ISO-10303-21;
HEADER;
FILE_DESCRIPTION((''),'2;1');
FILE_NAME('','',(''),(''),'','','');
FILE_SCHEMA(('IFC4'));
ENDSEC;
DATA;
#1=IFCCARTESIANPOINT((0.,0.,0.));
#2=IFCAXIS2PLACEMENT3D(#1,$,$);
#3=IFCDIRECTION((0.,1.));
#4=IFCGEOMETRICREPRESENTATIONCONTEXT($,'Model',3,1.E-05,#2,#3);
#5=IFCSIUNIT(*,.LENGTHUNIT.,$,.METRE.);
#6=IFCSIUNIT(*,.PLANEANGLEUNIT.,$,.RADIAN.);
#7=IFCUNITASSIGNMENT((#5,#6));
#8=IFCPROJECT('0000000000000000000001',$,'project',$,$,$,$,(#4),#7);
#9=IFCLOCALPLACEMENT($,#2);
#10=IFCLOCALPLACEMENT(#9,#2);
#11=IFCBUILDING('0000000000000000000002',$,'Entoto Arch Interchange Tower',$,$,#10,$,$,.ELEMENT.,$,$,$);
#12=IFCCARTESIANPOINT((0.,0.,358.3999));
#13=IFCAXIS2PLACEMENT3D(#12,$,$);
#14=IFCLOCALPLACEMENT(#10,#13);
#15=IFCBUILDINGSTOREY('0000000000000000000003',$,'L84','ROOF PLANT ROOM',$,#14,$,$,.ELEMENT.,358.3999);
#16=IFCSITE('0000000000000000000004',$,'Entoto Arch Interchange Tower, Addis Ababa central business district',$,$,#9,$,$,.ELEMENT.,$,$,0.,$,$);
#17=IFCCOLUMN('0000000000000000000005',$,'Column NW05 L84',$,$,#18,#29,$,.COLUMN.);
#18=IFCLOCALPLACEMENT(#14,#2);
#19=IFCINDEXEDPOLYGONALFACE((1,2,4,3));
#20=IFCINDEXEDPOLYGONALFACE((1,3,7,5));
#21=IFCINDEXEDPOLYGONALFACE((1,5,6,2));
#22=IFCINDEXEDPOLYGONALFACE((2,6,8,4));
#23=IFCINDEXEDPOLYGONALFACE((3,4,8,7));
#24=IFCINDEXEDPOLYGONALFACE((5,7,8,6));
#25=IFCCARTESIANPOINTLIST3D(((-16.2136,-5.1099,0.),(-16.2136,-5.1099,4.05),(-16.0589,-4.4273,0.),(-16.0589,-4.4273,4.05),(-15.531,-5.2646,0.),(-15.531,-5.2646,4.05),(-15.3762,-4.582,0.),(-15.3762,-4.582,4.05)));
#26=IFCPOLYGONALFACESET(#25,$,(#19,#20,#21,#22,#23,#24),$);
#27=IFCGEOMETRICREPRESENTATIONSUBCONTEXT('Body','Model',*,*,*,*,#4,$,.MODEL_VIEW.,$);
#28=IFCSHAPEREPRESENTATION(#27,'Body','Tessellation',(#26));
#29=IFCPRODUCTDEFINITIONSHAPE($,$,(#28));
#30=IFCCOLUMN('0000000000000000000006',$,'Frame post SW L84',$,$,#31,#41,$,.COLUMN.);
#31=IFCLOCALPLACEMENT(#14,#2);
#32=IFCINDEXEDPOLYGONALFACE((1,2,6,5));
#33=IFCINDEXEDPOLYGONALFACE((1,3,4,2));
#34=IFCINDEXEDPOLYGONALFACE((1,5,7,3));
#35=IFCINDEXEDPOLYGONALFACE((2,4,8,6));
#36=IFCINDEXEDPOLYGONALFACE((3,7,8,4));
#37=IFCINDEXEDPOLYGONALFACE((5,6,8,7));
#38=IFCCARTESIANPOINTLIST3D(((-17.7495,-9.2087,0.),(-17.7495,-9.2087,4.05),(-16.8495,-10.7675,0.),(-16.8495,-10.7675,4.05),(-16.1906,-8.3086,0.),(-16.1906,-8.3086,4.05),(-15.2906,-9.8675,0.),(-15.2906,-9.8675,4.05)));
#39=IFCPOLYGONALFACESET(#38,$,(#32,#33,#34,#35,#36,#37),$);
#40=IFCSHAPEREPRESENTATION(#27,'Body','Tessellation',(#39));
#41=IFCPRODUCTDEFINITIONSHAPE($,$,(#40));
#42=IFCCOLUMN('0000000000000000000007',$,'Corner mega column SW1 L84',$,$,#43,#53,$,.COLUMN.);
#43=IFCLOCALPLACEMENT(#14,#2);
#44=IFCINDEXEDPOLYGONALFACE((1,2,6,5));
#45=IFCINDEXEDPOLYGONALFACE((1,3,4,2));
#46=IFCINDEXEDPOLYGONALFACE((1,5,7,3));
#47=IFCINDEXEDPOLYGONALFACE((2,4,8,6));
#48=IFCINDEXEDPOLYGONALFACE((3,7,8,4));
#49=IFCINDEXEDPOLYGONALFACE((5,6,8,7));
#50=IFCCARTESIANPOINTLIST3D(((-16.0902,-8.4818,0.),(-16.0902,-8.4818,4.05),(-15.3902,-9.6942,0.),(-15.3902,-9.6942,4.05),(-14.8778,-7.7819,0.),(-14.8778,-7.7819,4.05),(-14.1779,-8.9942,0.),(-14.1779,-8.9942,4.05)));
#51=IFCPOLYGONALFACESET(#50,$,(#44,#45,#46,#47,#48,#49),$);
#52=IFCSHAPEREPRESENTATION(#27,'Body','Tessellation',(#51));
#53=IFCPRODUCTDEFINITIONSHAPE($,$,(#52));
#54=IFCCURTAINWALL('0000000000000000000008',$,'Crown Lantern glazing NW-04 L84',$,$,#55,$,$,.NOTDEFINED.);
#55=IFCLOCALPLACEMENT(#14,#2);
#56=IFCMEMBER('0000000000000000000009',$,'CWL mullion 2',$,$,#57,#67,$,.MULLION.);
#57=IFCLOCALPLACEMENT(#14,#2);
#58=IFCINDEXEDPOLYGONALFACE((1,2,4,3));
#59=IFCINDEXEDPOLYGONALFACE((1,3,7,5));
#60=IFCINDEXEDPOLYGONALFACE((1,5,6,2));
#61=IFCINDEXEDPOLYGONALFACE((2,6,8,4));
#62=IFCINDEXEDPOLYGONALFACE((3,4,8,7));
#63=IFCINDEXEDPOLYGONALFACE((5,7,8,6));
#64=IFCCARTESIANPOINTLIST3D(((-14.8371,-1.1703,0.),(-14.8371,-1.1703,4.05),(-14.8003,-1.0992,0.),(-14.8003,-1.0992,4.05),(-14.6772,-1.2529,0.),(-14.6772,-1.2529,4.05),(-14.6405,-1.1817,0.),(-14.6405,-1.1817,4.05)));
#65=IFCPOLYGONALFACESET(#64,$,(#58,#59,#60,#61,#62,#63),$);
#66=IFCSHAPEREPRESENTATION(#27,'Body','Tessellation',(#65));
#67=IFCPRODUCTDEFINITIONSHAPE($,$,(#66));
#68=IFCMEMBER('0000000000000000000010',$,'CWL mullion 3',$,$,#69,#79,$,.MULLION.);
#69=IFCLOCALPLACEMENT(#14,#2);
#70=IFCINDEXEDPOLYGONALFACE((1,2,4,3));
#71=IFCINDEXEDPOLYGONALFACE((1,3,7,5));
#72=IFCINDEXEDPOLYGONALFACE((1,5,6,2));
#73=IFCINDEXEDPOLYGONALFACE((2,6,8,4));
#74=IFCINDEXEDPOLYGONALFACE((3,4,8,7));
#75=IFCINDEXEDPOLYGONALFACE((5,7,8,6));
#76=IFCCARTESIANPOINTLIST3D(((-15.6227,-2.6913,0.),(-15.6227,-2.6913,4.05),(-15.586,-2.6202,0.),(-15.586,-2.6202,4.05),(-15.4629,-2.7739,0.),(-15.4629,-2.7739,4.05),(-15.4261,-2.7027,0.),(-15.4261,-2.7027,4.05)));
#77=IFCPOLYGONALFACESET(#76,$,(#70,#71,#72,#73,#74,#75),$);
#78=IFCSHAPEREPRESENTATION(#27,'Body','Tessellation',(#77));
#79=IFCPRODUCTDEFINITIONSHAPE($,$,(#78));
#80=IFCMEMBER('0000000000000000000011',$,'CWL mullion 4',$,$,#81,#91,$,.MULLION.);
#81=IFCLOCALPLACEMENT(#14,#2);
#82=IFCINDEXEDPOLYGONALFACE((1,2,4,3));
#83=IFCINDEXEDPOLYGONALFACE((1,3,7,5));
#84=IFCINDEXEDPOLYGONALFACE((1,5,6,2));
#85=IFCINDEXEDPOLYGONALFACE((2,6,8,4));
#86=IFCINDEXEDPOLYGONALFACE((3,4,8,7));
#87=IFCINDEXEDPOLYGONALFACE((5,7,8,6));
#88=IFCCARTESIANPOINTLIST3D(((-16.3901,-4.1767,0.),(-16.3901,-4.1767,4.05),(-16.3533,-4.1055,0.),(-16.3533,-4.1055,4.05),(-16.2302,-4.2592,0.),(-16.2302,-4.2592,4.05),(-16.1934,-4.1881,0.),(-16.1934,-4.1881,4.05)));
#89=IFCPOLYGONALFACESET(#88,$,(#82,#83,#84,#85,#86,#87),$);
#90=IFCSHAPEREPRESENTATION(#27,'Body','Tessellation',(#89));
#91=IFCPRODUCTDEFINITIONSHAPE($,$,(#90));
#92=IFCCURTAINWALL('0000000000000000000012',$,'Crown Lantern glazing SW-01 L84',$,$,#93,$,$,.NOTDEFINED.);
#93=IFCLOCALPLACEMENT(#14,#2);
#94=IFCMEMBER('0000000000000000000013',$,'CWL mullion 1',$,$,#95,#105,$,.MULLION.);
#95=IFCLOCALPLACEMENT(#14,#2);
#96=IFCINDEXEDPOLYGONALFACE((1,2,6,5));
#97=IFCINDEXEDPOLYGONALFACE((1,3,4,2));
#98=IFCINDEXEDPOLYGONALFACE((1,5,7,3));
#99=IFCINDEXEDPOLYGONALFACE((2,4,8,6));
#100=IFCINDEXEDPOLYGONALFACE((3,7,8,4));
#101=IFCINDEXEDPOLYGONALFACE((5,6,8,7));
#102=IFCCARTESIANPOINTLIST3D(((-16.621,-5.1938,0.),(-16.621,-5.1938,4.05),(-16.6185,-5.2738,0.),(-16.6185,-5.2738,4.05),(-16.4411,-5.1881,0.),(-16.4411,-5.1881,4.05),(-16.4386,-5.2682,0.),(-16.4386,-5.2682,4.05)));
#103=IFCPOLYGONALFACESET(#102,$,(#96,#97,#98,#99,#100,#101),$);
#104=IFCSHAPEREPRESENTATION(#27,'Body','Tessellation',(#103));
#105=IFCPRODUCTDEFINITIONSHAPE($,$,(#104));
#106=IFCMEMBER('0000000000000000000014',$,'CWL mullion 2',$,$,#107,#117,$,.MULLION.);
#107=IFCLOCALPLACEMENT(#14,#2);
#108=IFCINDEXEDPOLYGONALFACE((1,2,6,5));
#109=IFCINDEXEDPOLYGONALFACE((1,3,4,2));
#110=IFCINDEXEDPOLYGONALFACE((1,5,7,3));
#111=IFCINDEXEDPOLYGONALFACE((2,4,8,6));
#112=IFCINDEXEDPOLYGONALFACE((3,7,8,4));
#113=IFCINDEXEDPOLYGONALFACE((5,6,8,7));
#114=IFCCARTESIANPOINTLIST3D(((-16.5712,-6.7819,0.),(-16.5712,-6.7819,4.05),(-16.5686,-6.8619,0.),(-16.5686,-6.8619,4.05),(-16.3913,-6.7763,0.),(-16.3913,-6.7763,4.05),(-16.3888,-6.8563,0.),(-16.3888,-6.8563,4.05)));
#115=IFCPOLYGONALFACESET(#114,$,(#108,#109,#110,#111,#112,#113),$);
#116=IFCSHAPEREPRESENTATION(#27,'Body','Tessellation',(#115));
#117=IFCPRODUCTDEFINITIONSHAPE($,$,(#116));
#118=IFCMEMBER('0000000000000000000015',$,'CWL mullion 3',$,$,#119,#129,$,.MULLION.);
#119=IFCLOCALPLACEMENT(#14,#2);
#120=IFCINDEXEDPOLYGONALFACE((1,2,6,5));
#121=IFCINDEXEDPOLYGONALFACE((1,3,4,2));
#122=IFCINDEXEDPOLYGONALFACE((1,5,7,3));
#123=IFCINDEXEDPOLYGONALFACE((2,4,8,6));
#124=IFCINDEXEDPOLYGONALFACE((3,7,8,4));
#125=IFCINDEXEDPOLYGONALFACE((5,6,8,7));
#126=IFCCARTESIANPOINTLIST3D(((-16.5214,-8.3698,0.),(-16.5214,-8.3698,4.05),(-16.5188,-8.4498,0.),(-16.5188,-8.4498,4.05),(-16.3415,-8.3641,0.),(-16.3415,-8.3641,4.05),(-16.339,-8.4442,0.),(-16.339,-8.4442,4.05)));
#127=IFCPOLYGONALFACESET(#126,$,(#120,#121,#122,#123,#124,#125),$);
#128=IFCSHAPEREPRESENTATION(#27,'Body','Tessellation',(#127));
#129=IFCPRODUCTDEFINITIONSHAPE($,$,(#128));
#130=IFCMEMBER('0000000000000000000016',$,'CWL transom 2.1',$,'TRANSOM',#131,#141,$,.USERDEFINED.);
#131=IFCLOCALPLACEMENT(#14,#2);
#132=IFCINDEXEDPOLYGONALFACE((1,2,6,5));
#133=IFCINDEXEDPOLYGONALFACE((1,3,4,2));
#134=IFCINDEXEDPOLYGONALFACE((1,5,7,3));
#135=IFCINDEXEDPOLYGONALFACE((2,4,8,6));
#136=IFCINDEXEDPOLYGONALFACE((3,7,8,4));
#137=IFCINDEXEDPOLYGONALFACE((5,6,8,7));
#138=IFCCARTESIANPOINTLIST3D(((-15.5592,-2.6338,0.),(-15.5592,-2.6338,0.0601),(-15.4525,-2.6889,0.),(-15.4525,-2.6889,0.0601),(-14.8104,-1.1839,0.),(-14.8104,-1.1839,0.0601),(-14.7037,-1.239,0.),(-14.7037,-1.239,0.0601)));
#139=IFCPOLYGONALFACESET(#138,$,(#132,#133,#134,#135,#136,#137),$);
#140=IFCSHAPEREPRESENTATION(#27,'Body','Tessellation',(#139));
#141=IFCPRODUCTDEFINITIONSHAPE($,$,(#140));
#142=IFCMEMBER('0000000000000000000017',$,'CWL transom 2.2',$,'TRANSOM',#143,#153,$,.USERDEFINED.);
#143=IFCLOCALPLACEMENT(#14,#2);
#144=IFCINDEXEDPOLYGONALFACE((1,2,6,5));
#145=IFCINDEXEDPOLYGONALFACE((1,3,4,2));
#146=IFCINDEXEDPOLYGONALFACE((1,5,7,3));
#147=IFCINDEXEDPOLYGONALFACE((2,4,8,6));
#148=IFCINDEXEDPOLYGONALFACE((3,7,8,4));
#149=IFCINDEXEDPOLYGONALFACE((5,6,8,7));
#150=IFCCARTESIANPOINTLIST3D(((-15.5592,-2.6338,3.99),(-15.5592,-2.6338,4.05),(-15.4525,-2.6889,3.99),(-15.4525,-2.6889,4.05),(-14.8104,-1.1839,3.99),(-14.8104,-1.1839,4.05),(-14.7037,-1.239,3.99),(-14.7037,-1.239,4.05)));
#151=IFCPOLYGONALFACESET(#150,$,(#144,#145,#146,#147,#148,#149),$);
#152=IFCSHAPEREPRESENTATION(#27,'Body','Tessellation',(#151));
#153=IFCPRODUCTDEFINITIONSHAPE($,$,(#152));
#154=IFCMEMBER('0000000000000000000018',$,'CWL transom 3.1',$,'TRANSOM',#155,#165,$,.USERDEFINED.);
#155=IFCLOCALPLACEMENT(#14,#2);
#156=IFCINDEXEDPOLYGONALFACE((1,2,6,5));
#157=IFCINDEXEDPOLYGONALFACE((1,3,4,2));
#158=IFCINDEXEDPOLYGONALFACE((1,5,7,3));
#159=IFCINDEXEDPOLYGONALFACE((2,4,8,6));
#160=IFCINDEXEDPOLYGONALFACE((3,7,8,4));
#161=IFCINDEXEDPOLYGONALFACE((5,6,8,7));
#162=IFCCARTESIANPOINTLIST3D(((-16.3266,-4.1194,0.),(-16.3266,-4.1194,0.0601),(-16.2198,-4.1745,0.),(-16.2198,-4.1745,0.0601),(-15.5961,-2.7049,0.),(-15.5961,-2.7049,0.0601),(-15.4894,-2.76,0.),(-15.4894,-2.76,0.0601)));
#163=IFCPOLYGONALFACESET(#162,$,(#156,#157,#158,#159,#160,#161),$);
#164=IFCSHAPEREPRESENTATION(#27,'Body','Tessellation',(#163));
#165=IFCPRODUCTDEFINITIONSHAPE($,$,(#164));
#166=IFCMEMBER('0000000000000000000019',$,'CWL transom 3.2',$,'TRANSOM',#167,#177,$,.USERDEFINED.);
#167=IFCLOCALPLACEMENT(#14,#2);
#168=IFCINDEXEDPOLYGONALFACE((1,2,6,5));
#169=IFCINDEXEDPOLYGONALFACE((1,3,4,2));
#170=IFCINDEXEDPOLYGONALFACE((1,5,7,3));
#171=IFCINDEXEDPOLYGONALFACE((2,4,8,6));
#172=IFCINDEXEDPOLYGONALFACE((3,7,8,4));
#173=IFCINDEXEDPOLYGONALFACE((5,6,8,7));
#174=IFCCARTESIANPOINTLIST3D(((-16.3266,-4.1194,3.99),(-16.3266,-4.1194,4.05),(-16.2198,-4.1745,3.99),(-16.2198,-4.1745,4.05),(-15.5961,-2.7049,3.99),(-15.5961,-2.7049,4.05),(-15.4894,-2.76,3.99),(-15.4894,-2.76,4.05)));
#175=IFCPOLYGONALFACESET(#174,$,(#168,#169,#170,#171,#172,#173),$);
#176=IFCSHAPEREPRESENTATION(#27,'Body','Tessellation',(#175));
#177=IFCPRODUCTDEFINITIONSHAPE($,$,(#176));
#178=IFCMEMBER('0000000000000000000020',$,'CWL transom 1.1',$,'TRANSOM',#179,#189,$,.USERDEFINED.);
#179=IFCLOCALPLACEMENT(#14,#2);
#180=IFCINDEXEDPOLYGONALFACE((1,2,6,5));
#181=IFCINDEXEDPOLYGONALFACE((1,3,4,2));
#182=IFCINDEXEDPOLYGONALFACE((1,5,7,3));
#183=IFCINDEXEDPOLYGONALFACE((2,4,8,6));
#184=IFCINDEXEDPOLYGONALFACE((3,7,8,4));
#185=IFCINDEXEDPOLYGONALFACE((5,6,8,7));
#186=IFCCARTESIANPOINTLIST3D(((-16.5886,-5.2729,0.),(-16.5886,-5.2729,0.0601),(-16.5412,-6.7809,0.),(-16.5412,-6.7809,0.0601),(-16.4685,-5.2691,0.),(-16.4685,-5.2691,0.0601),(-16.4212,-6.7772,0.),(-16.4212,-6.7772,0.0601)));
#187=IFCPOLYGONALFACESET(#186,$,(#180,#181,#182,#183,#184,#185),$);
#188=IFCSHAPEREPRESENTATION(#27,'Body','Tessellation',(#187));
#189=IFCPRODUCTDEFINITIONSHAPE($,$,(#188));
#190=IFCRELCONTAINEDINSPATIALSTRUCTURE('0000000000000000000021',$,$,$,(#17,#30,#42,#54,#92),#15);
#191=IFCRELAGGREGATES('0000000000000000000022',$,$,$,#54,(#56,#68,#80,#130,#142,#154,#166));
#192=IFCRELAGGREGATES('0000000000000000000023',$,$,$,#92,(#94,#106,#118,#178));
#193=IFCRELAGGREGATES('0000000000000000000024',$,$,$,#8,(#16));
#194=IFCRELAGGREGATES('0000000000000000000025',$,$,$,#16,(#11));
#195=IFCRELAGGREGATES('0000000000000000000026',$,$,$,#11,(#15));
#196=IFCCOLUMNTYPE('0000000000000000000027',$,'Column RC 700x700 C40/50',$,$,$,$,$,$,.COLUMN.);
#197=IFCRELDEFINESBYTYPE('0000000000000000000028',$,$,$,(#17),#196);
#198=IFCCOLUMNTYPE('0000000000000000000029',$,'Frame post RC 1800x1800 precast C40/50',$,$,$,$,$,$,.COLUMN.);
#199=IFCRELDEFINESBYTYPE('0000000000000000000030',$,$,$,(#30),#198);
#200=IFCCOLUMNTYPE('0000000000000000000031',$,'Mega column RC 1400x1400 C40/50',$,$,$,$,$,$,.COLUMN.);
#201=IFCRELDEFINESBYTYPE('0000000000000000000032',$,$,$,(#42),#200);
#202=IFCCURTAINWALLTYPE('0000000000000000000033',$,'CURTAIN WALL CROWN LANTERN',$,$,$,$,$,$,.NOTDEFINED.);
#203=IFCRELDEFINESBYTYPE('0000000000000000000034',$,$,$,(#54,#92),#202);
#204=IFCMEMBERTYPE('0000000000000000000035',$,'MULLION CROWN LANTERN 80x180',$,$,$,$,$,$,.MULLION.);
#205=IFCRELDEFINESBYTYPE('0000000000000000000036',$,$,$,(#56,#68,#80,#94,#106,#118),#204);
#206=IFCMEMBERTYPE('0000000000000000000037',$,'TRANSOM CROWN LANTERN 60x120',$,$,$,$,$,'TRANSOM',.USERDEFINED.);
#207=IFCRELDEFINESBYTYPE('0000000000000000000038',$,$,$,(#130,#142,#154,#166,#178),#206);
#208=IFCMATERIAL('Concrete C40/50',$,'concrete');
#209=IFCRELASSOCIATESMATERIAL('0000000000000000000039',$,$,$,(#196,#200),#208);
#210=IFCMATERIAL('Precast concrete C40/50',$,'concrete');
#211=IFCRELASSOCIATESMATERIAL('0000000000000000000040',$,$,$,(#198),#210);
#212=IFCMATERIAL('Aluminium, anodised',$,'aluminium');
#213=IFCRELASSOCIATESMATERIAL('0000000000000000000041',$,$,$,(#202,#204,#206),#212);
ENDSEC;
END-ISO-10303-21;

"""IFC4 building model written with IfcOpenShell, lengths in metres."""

from ifc_helpers import new_model, si_unit, direction, frame, origin, origin_2d, place, context, subcontext, project, spatial, rectangle, extrude, material, material_profile, profile_set, type_object, element, aggregate, save


model = new_model("IFC4")

# Units and contexts
model_context = context("Model", 3, precision=1e-05, world=origin(), true_north=direction((0.0, 1.0)))
body_context = subcontext(model_context, "Body", "Model", "MODEL_VIEW")
ifc_project = project(units=[si_unit("LENGTHUNIT", "METRE"), si_unit("PLANEANGLEUNIT", "RADIAN")], contexts=[model_context])

# Site, building, storey
site_placement = place(None, origin())
site = spatial("IfcSite", under=ifc_project, at=site_placement, Name="Entoto Arch Interchange Tower, Addis Ababa central business district", CompositionType="ELEMENT", RefElevation=0.0)
building_placement = place(site_placement, origin())
building = spatial("IfcBuilding", under=site, at=building_placement, Name="Entoto Arch Interchange Tower", CompositionType="ELEMENT")
storey_placement = place(building_placement, frame((0.0, 0.0, 358.3999)))
storey = spatial("IfcBuildingStorey", under=building, at=storey_placement, Name="L84", Description="ROOF PLANT ROOM", CompositionType="ELEMENT", Elevation=358.3999)

# Columns
ifc_material_1 = material(Name="Concrete C40/50", Category="concrete")
ifc_material_profile_1 = material_profile(ifc_material_1, rectangle(XDim=0.7, YDim=0.7, at=origin_2d()))
ifc_profile_set_1 = profile_set([ifc_material_profile_1], Name="Concrete C40/50")
column_type_1 = type_object("IfcColumnType", Name="Column RC 700x700 C40/50", PredefinedType="COLUMN", material=ifc_profile_set_1)
column_1_placement = place(storey_placement, frame((-15.7949, -4.8459, 0.0), z_axis=(0.0, 0.0, 1.0), x_axis=(0.221089, 0.975254, 0.0)))
element("IfcColumn", 1, at=column_1_placement, inside=storey, type_object=column_type_1, Name="Column NW05 L84", PredefinedType="COLUMN", context=body_context, shape_type="SweptSolid", body=[
    extrude(rectangle(XDim=0.7, YDim=0.7, at=origin_2d()), origin(), (0.0, 0.0, 1.0), 4.05),
])
ifc_material_2 = material(Name="Precast concrete C40/50", Category="concrete")
ifc_material_profile_2 = material_profile(ifc_material_2, rectangle(XDim=1.8, YDim=1.8, at=origin_2d()))
ifc_profile_set_2 = profile_set([ifc_material_profile_2], Name="Precast concrete C40/50")
column_type_2 = type_object("IfcColumnType", Name="Frame post RC 1800x1800 precast C40/50", PredefinedType="COLUMN", material=ifc_profile_set_2)
column_2_placement = place(storey_placement, frame((-16.52, -9.5381, 0.0), z_axis=(0.0, 0.0, 1.0), x_axis=(0.866025, 0.5, 0.0)))
element("IfcColumn", 2, at=column_2_placement, inside=storey, type_object=column_type_2, Name="Frame post SW L84", PredefinedType="COLUMN", context=body_context, shape_type="SweptSolid", body=[
    extrude(rectangle(XDim=1.8, YDim=1.8, at=origin_2d()), origin(), (0.0, 0.0, 1.0), 4.05),
])
ifc_material_profile_3 = material_profile(ifc_material_1, rectangle(XDim=1.3999, YDim=1.3999, at=origin_2d()))
ifc_profile_set_3 = profile_set([ifc_material_profile_3], Name="Concrete C40/50")
column_type_3 = type_object("IfcColumnType", Name="Mega column RC 1400x1400 C40/50", PredefinedType="COLUMN", material=ifc_profile_set_3)
column_3_placement = place(storey_placement, frame((-15.134, -8.738, 0.0), z_axis=(0.0, 0.0, 1.0), x_axis=(0.866025, 0.5, 0.0)))
element("IfcColumn", 3, at=column_3_placement, inside=storey, type_object=column_type_3, Name="Corner mega column SW1 L84", PredefinedType="COLUMN", context=body_context, shape_type="SweptSolid", body=[
    extrude(rectangle(XDim=1.3999, YDim=1.3999, at=origin_2d()), origin(), (0.0, 0.0, 1.0), 4.05),
])

# Curtain walls, members
ifc_material_3 = material(Name="Aluminium, anodised", Category="aluminium")
curtain_wall_type = type_object("IfcCurtainWallType", Name="CURTAIN WALL CROWN LANTERN", PredefinedType="NOTDEFINED", material=ifc_material_3)
curtain_wall_1_placement = place(storey_placement, origin())
curtain_wall_1 = element("IfcCurtainWall", 4, at=curtain_wall_1_placement, inside=storey, type_object=curtain_wall_type, Name="Crown Lantern glazing NW-04 L84", PredefinedType="NOTDEFINED")
ifc_material_profile_4 = material_profile(ifc_material_3, rectangle(XDim=0.1799, YDim=0.0801, at=origin_2d()))
ifc_profile_set_4 = profile_set([ifc_material_profile_4], Name="Aluminium, anodised")
member_type_1 = type_object("IfcMemberType", Name="MULLION CROWN LANTERN 80x180", PredefinedType="MULLION", material=ifc_profile_set_4)
member_1_placement = place(storey_placement, frame((-14.7388, -1.176, 0.0), z_axis=(0.0, 0.0, 1.0), x_axis=(0.88847, -0.458936, 0.0)))
member_1 = element("IfcMember", 5, at=member_1_placement, type_object=member_type_1, Name="CWL mullion 2", PredefinedType="MULLION", context=body_context, shape_type="SweptSolid", body=[
    extrude(rectangle(XDim=0.1799, YDim=0.0801, at=origin_2d()), origin(), (0.0, 0.0, 1.0), 4.05),
])
member_2_placement = place(storey_placement, frame((-15.5244, -2.697, 0.0), z_axis=(0.0, 0.0, 1.0), x_axis=(0.88847, -0.458936, 0.0)))
member_2 = element("IfcMember", 6, at=member_2_placement, type_object=member_type_1, Name="CWL mullion 3", PredefinedType="MULLION", context=body_context, shape_type="SweptSolid", body=[
    extrude(rectangle(XDim=0.1799, YDim=0.0801, at=origin_2d()), origin(), (0.0, 0.0, 1.0), 4.05),
])
member_3_placement = place(storey_placement, frame((-16.2917, -4.1824, 0.0), z_axis=(0.0, 0.0, 1.0), x_axis=(0.88847, -0.458936, 0.0)))
member_3 = element("IfcMember", 7, at=member_3_placement, type_object=member_type_1, Name="CWL mullion 4", PredefinedType="MULLION", context=body_context, shape_type="SweptSolid", body=[
    extrude(rectangle(XDim=0.1799, YDim=0.0801, at=origin_2d()), origin(), (0.0, 0.0, 1.0), 4.05),
])
curtain_wall_2_placement = place(storey_placement, origin())
curtain_wall_2 = element("IfcCurtainWall", 8, at=curtain_wall_2_placement, inside=storey, type_object=curtain_wall_type, Name="Crown Lantern glazing SW-01 L84", PredefinedType="NOTDEFINED")
member_4_placement = place(storey_placement, frame((-16.5298, -5.231, 0.0), z_axis=(0.0, 0.0, 1.0), x_axis=(0.99951, 0.031311, 0.0)))
member_4 = element("IfcMember", 9, at=member_4_placement, type_object=member_type_1, Name="CWL mullion 1", PredefinedType="MULLION", context=body_context, shape_type="SweptSolid", body=[
    extrude(rectangle(XDim=0.1799, YDim=0.0801, at=origin_2d()), origin(), (0.0, 0.0, 1.0), 4.05),
])
member_5_placement = place(storey_placement, frame((-16.48, -6.8191, 0.0), z_axis=(0.0, 0.0, 1.0), x_axis=(0.99951, 0.031311, 0.0)))
member_5 = element("IfcMember", 10, at=member_5_placement, type_object=member_type_1, Name="CWL mullion 2", PredefinedType="MULLION", context=body_context, shape_type="SweptSolid", body=[
    extrude(rectangle(XDim=0.1799, YDim=0.0801, at=origin_2d()), origin(), (0.0, 0.0, 1.0), 4.05),
])
member_6_placement = place(storey_placement, frame((-16.4302, -8.407, 0.0), z_axis=(0.0, 0.0, 1.0), x_axis=(0.99951, 0.031311, 0.0)))
member_6 = element("IfcMember", 11, at=member_6_placement, type_object=member_type_1, Name="CWL mullion 3", PredefinedType="MULLION", context=body_context, shape_type="SweptSolid", body=[
    extrude(rectangle(XDim=0.1799, YDim=0.0801, at=origin_2d()), origin(), (0.0, 0.0, 1.0), 4.05),
])

# Members
ifc_material_profile_5 = material_profile(ifc_material_3, rectangle(XDim=0.1201, YDim=0.0601, at=origin_2d()))
ifc_profile_set_5 = profile_set([ifc_material_profile_5], Name="Aluminium, anodised")
member_type_2 = type_object("IfcMemberType", Name="TRANSOM CROWN LANTERN 60x120", ElementType="TRANSOM", PredefinedType="USERDEFINED", material=ifc_profile_set_5)
member_7_placement = place(storey_placement, frame((-14.7571, -1.2114, 0.03), z_axis=(-0.458845, -0.888516, 0.0), x_axis=(0.888516, -0.458845, 0.0)))
member_7 = element("IfcMember", 12, at=member_7_placement, type_object=member_type_2, Name="CWL transom 2.1", ObjectType="TRANSOM", PredefinedType="USERDEFINED", context=body_context, shape_type="SweptSolid", body=[
    extrude(rectangle(XDim=0.1201, YDim=0.0601, at=origin_2d()), origin(), (0.0, 0.0, 1.0), 1.6318),
])
member_8_placement = place(storey_placement, frame((-14.7571, -1.2114, 4.02), z_axis=(-0.458845, -0.888516, 0.0), x_axis=(0.888516, -0.458845, 0.0)))
member_8 = element("IfcMember", 13, at=member_8_placement, type_object=member_type_2, Name="CWL transom 2.2", ObjectType="TRANSOM", PredefinedType="USERDEFINED", context=body_context, shape_type="SweptSolid", body=[
    extrude(rectangle(XDim=0.1201, YDim=0.0601, at=origin_2d()), origin(), (0.0, 0.0, 1.0), 1.6318),
])
member_9_placement = place(storey_placement, frame((-15.5427, -2.7324, 0.03), z_axis=(-0.45883, -0.888524, 0.0), x_axis=(0.888524, -0.45883, 0.0)))
member_9 = element("IfcMember", 14, at=member_9_placement, type_object=member_type_2, Name="CWL transom 3.1", ObjectType="TRANSOM", PredefinedType="USERDEFINED", context=body_context, shape_type="SweptSolid", body=[
    extrude(rectangle(XDim=0.1201, YDim=0.0601, at=origin_2d()), origin(), (0.0, 0.0, 1.0), 1.592),
])
member_10_placement = place(storey_placement, frame((-15.5427, -2.7324, 4.02), z_axis=(-0.45883, -0.888524, 0.0), x_axis=(0.888524, -0.45883, 0.0)))
member_10 = element("IfcMember", 15, at=member_10_placement, type_object=member_type_2, Name="CWL transom 3.2", ObjectType="TRANSOM", PredefinedType="USERDEFINED", context=body_context, shape_type="SweptSolid", body=[
    extrude(rectangle(XDim=0.1201, YDim=0.0601, at=origin_2d()), origin(), (0.0, 0.0, 1.0), 1.592),
])
member_11_placement = place(storey_placement, frame((-16.5286, -5.271, 0.03), z_axis=(0.031391, -0.999507, 0.0), x_axis=(0.999507, 0.031391, 0.0)))
member_11 = element("IfcMember", 16, at=member_11_placement, type_object=member_type_2, Name="CWL transom 1.1", ObjectType="TRANSOM", PredefinedType="USERDEFINED", context=body_context, shape_type="SweptSolid", body=[
    extrude(rectangle(XDim=0.1201, YDim=0.0601, at=origin_2d()), origin(), (0.0, 0.0, 1.0), 1.5088),
])

aggregate(curtain_wall_1, [member_1, member_2, member_3, member_7, member_8, member_9, member_10])
aggregate(curtain_wall_2, [member_4, member_5, member_6, member_11])

save(model, "model.ifc")
